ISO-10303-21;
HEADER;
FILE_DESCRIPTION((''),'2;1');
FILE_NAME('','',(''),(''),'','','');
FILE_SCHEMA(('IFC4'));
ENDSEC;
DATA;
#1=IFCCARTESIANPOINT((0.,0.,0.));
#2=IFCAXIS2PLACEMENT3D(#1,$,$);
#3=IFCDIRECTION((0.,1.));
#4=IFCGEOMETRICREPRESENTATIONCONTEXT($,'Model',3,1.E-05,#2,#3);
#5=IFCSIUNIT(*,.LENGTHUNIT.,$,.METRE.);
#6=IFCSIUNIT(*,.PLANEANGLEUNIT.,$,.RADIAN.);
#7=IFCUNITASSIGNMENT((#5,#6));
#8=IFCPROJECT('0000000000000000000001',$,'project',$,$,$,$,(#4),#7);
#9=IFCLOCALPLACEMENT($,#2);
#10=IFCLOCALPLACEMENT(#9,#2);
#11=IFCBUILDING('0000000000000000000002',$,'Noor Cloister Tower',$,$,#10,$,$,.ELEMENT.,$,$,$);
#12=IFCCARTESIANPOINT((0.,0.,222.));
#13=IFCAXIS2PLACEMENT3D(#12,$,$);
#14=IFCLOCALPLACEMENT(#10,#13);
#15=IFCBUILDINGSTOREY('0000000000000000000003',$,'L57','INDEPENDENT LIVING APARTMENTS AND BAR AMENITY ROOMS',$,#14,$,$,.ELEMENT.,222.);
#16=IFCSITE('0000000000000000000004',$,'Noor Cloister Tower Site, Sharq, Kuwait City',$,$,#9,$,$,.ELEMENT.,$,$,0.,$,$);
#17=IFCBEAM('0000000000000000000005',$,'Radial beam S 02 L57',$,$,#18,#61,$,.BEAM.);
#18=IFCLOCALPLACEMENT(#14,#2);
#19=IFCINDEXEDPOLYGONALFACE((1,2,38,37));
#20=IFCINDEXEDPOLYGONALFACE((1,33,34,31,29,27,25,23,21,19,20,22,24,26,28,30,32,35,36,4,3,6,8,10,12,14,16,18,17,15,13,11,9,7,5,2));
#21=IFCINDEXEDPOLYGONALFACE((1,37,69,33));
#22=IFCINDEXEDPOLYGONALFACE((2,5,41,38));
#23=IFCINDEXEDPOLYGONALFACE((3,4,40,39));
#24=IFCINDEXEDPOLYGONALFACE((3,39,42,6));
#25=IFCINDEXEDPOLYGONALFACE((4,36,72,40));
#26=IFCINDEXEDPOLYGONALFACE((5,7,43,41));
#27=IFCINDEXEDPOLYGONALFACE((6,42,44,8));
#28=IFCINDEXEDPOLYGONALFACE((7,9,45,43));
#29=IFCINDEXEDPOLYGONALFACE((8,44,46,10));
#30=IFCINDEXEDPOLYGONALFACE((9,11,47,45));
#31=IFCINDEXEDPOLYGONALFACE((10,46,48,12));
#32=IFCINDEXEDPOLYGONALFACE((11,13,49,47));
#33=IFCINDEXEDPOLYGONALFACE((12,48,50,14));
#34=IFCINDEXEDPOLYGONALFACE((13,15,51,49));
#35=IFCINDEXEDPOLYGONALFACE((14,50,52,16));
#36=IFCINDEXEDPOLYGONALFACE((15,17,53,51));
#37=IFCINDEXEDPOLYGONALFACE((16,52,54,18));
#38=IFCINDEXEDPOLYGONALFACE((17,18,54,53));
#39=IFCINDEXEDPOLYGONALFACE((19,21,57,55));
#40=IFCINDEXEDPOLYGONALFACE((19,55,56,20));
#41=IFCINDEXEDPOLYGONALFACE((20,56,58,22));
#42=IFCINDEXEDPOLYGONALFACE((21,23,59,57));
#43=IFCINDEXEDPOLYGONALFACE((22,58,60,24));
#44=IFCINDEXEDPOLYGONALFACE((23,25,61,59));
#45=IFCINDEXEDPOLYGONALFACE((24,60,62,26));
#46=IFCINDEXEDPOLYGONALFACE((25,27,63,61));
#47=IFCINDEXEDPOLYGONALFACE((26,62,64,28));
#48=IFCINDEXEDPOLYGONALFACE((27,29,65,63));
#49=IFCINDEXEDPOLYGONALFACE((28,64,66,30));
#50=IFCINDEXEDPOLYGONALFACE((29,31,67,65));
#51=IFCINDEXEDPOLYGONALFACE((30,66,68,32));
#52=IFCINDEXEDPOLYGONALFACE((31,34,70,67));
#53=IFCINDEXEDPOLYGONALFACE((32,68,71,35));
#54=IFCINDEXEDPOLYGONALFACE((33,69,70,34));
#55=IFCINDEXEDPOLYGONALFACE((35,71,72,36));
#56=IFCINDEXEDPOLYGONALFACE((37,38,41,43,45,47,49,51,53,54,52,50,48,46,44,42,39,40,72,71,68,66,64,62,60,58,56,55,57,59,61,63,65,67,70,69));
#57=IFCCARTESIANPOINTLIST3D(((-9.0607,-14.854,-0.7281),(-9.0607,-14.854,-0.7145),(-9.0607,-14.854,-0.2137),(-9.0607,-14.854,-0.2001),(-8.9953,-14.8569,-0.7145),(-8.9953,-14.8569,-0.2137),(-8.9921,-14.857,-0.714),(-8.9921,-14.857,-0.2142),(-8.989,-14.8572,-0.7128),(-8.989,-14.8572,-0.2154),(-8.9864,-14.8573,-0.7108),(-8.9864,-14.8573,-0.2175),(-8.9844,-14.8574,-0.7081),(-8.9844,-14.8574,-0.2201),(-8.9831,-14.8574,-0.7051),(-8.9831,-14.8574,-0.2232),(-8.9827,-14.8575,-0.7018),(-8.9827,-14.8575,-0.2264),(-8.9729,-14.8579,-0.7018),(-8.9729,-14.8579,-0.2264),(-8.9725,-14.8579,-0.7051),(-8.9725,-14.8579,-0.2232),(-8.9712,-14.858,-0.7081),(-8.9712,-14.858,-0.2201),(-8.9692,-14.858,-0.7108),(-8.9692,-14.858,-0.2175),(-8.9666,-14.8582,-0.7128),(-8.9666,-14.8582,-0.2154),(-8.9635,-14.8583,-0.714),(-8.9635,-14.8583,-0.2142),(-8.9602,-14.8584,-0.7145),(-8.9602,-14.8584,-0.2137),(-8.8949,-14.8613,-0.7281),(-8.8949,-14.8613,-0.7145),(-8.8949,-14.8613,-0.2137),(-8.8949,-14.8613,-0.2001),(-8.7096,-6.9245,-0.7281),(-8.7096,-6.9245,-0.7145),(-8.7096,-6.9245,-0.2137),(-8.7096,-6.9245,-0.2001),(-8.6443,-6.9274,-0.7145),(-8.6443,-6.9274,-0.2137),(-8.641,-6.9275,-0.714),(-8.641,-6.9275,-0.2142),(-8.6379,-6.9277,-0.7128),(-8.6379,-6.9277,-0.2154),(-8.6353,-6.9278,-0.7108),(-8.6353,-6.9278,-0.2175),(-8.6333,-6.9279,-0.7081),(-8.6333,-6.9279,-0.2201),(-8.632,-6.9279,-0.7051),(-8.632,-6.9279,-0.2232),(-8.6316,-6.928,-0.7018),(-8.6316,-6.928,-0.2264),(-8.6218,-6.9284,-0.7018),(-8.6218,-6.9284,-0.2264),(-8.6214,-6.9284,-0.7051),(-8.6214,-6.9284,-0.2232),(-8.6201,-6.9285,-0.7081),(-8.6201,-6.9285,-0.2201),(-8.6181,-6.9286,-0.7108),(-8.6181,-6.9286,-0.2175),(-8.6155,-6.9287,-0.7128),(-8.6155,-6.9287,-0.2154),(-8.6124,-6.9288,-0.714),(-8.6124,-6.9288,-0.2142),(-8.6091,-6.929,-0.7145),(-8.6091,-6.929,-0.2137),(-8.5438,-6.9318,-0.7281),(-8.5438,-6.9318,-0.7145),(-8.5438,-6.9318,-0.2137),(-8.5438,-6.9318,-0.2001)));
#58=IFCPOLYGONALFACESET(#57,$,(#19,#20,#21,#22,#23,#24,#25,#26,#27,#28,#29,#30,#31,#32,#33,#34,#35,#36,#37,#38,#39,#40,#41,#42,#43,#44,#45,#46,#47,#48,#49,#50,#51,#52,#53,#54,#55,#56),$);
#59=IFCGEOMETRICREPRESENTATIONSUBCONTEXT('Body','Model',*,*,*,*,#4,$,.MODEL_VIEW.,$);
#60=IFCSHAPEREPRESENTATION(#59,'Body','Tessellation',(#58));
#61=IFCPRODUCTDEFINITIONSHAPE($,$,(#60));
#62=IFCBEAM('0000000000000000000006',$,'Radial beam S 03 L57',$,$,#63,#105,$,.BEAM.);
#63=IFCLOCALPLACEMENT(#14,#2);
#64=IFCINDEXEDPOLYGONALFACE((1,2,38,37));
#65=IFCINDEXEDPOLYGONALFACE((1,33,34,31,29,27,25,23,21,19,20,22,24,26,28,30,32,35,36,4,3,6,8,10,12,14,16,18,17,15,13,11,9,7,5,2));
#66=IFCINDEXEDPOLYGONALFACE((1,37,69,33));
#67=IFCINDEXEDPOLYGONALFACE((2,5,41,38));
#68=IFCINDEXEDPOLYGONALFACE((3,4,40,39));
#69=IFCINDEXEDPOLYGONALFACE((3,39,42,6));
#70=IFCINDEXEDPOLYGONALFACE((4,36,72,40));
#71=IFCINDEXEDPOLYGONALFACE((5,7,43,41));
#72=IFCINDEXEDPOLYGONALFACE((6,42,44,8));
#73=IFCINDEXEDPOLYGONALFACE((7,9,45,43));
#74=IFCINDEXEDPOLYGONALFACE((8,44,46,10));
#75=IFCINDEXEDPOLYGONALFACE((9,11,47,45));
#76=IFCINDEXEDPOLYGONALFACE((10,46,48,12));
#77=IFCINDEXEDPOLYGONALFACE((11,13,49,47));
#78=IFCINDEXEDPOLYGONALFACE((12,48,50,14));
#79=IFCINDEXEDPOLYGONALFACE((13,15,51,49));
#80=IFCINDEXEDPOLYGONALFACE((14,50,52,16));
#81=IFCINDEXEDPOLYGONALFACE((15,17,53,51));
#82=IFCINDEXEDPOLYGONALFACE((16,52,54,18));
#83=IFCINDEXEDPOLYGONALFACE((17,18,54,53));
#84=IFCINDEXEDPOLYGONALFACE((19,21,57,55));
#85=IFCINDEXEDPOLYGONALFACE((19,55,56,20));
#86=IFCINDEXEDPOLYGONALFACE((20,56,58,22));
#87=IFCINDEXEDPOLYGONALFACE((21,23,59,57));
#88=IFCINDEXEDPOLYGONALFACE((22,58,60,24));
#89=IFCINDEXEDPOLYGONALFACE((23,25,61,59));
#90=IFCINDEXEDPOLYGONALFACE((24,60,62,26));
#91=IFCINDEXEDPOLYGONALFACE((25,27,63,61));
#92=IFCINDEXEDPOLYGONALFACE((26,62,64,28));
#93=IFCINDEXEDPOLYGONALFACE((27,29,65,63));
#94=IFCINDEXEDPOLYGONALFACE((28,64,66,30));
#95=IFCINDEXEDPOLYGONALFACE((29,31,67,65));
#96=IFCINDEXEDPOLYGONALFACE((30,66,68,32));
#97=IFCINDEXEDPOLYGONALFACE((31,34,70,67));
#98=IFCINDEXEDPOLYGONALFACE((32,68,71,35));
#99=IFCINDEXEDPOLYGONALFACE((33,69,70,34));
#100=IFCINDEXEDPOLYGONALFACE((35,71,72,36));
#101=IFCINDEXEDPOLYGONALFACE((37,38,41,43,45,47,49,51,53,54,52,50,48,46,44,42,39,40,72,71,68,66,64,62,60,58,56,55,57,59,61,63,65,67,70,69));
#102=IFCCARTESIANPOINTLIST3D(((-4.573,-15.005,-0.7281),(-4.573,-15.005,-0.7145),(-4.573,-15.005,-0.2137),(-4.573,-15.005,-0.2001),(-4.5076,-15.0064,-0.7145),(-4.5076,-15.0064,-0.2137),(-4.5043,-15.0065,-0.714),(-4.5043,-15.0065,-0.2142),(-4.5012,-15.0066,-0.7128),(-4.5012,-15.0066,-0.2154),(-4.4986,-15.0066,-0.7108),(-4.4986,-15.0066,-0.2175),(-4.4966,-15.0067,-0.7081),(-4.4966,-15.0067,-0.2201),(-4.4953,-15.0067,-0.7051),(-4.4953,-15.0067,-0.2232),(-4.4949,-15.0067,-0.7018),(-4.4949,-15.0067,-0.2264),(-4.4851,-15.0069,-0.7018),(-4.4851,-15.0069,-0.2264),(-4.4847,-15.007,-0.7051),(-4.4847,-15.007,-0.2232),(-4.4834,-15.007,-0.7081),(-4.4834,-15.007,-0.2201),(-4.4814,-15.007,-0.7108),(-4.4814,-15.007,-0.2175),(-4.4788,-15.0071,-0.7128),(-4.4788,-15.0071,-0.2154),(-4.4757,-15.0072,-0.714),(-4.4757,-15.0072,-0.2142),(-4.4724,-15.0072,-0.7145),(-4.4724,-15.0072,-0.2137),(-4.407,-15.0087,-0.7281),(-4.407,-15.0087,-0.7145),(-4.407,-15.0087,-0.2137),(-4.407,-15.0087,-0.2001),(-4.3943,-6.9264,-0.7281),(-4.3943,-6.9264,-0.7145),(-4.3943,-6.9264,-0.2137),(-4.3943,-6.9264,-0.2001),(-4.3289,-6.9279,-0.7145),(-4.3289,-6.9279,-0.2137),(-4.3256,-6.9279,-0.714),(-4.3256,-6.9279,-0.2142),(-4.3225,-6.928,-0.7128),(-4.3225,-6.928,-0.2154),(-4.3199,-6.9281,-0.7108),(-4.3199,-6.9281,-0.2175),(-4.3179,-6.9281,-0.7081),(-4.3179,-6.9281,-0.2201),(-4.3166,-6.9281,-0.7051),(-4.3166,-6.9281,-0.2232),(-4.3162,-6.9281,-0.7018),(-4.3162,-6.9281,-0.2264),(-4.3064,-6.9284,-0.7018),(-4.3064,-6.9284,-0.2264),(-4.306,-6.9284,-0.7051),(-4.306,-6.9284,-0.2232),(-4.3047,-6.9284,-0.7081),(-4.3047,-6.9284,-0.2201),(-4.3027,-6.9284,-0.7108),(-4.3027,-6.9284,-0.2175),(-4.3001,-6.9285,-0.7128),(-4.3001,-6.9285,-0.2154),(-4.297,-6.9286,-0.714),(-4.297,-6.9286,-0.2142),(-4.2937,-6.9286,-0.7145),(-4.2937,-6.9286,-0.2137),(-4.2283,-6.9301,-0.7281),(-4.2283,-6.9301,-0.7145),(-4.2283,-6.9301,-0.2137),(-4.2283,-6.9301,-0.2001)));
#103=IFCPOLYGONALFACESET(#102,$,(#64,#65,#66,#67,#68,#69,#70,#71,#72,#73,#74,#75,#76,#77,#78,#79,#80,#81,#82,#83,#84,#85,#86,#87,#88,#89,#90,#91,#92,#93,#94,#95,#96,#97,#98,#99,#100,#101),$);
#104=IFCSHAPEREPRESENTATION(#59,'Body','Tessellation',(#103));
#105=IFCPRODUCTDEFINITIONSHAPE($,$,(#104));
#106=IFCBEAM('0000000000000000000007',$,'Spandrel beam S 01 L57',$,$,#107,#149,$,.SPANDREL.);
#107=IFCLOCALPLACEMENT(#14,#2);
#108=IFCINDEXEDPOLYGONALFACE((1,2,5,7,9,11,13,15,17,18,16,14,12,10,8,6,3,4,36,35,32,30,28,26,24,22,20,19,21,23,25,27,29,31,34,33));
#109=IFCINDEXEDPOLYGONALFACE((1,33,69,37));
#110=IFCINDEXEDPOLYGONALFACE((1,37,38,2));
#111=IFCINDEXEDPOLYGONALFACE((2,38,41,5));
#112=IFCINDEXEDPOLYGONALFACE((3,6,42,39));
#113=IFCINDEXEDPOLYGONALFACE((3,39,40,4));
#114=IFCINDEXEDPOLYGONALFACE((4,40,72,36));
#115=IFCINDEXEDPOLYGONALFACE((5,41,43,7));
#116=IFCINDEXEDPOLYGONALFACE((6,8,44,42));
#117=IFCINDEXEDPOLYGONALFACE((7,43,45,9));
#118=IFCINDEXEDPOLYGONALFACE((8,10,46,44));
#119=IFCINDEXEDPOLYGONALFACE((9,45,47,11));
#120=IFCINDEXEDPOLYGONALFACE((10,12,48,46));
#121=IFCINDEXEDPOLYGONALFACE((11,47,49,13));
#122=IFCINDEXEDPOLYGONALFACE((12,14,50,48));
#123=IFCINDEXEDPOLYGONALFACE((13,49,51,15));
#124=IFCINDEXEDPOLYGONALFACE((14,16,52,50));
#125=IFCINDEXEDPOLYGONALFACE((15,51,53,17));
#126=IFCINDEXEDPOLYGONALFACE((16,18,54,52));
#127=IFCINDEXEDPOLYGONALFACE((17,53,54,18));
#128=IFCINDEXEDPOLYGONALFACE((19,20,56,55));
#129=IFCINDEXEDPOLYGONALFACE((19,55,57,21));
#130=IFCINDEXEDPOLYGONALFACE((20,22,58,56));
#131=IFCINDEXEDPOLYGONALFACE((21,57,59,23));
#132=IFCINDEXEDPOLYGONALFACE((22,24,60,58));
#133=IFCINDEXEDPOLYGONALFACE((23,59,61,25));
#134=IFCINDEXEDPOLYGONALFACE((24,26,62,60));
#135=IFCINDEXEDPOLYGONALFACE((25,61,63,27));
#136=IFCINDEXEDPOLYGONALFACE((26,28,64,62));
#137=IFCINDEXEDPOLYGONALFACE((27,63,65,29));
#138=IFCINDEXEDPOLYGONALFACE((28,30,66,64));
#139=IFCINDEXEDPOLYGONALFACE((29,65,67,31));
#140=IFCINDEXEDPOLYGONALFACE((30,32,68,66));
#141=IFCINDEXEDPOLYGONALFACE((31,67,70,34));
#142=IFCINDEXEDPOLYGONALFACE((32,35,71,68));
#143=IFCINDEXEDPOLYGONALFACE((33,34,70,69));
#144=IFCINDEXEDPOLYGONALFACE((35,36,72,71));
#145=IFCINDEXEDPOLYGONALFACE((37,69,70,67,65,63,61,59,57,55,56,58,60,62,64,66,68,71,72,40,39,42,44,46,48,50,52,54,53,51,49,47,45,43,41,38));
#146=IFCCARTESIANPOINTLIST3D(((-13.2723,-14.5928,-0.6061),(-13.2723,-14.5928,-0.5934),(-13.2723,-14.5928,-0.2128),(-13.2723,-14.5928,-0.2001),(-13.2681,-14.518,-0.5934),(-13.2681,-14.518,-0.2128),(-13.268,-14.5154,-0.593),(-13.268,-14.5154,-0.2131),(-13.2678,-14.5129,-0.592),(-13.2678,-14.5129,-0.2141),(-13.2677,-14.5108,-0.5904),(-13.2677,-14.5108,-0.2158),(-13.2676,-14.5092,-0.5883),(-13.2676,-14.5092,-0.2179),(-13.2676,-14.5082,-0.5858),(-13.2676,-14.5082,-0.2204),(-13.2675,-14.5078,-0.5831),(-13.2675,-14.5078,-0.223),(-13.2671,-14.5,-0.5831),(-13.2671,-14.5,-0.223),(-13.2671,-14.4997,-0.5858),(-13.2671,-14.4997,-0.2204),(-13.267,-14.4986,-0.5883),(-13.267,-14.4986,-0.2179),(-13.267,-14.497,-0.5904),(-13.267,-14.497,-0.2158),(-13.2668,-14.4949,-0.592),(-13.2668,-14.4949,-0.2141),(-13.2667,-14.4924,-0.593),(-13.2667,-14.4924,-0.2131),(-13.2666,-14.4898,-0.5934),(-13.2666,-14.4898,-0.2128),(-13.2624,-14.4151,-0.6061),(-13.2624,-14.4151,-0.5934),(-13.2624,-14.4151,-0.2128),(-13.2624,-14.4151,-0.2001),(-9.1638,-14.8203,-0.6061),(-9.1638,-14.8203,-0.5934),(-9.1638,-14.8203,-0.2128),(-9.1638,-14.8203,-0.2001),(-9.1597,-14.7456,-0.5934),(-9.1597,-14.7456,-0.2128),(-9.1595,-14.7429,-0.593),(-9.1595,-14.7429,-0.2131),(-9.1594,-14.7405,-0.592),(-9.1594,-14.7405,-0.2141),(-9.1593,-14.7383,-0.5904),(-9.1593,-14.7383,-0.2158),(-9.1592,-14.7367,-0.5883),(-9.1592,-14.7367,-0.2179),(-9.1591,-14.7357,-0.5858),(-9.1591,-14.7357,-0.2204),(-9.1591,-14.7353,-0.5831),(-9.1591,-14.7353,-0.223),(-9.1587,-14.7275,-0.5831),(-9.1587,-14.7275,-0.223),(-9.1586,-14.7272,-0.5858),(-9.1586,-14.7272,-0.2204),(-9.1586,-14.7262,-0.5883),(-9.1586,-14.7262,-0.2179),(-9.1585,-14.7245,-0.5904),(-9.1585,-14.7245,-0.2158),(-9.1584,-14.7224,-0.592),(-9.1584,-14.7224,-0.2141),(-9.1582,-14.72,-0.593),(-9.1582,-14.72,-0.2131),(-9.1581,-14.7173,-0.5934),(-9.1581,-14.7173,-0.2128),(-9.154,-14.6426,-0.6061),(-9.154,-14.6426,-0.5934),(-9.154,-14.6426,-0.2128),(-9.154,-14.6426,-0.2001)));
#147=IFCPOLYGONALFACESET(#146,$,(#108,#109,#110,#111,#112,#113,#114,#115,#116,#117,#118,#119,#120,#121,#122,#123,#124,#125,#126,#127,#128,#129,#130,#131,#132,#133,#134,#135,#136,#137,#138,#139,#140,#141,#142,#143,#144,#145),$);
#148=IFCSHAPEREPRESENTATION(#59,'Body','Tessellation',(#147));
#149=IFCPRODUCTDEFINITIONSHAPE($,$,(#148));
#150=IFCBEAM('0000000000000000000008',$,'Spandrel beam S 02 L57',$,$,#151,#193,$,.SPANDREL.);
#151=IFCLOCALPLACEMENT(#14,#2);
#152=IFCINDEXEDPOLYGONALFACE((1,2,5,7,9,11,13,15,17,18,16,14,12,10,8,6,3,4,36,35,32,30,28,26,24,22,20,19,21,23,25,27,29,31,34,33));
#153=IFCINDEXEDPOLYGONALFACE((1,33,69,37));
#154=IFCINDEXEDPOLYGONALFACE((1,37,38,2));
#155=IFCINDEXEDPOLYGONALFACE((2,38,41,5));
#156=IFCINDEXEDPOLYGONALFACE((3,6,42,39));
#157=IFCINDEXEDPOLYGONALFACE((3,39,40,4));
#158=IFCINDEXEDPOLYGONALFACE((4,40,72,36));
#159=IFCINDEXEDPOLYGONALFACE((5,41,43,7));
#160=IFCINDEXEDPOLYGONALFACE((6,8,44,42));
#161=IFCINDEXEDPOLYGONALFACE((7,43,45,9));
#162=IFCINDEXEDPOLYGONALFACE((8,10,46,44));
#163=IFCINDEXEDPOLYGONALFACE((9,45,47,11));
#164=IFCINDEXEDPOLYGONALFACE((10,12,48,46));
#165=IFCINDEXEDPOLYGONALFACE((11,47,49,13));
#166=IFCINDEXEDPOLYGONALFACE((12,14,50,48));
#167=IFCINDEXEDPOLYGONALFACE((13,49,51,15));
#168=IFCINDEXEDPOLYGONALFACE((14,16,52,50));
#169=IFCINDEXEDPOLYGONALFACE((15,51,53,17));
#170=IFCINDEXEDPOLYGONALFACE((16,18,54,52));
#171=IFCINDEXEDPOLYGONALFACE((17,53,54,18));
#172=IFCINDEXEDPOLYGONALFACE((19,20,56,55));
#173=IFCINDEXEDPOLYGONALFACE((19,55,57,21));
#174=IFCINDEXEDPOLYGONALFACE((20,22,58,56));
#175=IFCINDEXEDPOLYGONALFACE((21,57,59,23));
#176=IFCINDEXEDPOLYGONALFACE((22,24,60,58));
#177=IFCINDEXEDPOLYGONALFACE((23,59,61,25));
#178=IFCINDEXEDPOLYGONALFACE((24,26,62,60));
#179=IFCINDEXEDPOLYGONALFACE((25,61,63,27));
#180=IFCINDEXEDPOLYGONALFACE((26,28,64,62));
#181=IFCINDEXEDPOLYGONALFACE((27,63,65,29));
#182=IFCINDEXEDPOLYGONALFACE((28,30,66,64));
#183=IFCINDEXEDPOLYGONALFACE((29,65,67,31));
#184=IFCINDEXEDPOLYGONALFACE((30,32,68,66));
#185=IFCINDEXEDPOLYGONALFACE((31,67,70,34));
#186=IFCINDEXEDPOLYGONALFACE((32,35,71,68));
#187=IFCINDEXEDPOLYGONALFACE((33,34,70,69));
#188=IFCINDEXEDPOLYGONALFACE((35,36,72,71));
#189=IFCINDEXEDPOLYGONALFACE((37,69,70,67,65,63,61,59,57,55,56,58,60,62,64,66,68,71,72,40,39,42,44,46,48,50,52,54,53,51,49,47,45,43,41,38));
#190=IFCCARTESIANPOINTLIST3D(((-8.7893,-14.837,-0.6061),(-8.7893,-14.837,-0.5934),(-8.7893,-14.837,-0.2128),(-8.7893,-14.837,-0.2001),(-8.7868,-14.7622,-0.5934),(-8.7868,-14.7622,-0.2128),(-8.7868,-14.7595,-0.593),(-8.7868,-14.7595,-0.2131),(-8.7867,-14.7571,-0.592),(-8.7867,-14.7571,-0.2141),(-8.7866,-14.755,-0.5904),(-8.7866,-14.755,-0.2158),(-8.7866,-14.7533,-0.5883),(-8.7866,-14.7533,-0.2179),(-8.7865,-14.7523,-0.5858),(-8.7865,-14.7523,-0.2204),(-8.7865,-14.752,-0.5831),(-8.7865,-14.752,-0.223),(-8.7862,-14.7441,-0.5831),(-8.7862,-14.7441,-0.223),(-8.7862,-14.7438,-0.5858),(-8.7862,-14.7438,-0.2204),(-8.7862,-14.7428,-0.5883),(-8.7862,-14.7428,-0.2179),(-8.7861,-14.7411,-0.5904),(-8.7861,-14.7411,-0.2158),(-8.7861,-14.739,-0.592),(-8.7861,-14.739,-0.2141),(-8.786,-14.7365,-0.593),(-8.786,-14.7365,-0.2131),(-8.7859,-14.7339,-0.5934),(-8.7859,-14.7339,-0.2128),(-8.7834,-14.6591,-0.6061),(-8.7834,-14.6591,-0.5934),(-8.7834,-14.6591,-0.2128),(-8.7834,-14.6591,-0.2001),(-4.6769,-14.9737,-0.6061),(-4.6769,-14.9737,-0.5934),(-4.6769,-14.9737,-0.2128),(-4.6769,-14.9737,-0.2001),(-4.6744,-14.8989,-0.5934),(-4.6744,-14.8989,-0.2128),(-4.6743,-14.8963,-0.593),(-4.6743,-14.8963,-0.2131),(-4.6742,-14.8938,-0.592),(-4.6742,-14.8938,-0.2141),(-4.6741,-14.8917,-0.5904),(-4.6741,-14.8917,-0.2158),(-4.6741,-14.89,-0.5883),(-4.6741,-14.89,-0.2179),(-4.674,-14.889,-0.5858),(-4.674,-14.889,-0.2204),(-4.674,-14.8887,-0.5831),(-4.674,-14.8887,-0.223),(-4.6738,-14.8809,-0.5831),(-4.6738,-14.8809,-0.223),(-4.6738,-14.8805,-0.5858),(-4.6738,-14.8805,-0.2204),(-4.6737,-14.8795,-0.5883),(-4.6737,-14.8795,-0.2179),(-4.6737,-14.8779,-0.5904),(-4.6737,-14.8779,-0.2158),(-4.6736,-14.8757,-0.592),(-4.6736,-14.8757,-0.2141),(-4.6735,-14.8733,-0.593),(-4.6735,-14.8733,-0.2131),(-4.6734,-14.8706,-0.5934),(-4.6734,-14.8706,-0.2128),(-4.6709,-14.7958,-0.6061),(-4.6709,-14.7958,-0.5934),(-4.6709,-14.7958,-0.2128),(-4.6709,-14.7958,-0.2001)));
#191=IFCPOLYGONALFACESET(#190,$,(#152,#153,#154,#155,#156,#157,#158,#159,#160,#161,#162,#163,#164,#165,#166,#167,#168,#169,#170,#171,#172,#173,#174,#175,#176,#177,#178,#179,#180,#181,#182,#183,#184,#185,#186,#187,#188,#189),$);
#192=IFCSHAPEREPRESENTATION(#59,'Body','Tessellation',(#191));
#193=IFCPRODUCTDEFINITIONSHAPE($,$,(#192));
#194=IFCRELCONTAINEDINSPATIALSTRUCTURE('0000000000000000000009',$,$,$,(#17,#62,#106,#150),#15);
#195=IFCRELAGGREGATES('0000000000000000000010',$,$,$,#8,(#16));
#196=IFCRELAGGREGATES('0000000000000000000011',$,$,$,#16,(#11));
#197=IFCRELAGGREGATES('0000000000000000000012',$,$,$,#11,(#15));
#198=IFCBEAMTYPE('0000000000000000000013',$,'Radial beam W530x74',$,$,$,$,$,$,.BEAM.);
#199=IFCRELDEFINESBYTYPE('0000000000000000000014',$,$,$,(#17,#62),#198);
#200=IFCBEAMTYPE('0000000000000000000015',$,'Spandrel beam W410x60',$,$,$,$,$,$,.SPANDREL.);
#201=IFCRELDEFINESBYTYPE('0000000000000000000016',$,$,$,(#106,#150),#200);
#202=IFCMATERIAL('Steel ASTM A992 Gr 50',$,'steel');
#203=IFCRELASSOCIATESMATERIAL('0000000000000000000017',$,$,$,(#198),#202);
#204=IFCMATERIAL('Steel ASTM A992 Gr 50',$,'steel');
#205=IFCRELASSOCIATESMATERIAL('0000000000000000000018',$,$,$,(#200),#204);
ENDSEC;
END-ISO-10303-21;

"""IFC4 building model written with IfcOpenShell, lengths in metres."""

from ifc_helpers import new_model, si_unit, direction, frame, origin, origin_2d, place, context, subcontext, project, spatial, i_section, extrude, material, material_profile, profile_set, type_object, element, save


model = new_model("IFC4")

# Units and contexts
model_context = context("Model", 3, precision=1e-05, world=origin(), true_north=direction((0.0, 1.0)))
body_context = subcontext(model_context, "Body", "Model", "MODEL_VIEW")
ifc_project = project(units=[si_unit("LENGTHUNIT", "METRE"), si_unit("PLANEANGLEUNIT", "RADIAN")], contexts=[model_context])

# Site, building, storey
site_placement = place(None, origin())
site = spatial("IfcSite", under=ifc_project, at=site_placement, Name="Noor Cloister Tower Site, Sharq, Kuwait City", CompositionType="ELEMENT", RefElevation=0.0)
building_placement = place(site_placement, origin())
building = spatial("IfcBuilding", under=site, at=building_placement, Name="Noor Cloister Tower", CompositionType="ELEMENT")
storey_placement = place(building_placement, frame((0.0, 0.0, 222.0)))
storey = spatial("IfcBuildingStorey", under=building, at=storey_placement, Name="L57", Description="INDEPENDENT LIVING APARTMENTS AND BAR AMENITY ROOMS", CompositionType="ELEMENT", Elevation=222.0)

# Beams
ifc_material_1 = material(Name="Steel ASTM A992 Gr 50", Category="steel")
ifc_material_profile_1 = material_profile(ifc_material_1, i_section(OverallWidth=0.166, OverallDepth=0.5281, WebThickness=0.0098, FlangeThickness=0.0137, FilletRadius=0.0127, at=origin_2d()), Name="W530x74")
ifc_profile_set_1 = profile_set([ifc_material_profile_1], Name="Steel ASTM A992 Gr 50")
beam_type_1 = type_object("IfcBeamType", Name="Radial beam W530x74", PredefinedType="BEAM", material=ifc_profile_set_1)
beam_1_placement = place(storey_placement, frame((-8.9778, -14.8577, -0.4641), z_axis=(0.044231, 0.999021, 0.0), x_axis=(-0.999021, 0.044231, 0.0)))
element("IfcBeam", 1, at=beam_1_placement, inside=storey, type_object=beam_type_1, Name="Radial beam S 02 L57", PredefinedType="BEAM", context=body_context, shape_type="SweptSolid", body=[
    extrude(i_section(OverallWidth=0.166, OverallDepth=0.5281, WebThickness=0.0098, FlangeThickness=0.0137, FilletRadius=0.0127, at=origin_2d()), origin(), (0.0, 0.0, 1.0), 7.9373),
])
beam_2_placement = place(storey_placement, frame((-4.49, -15.0068, -0.4641), z_axis=(0.022116, 0.999755, 0.0), x_axis=(-0.999755, 0.022116, 0.0)))
element("IfcBeam", 2, at=beam_2_placement, inside=storey, type_object=beam_type_1, Name="Radial beam S 03 L57", PredefinedType="BEAM", context=body_context, shape_type="SweptSolid", body=[
    extrude(i_section(OverallWidth=0.166, OverallDepth=0.5281, WebThickness=0.0098, FlangeThickness=0.0137, FilletRadius=0.0127, at=origin_2d()), origin(), (0.0, 0.0, 1.0), 8.0806),
])
ifc_material_2 = material(Name="Steel ASTM A992 Gr 50", Category="steel")
ifc_material_profile_2 = material_profile(ifc_material_2, i_section(OverallWidth=0.178, OverallDepth=0.406, WebThickness=0.0078, FlangeThickness=0.0127, FilletRadius=0.0103, at=origin_2d()), Name="W410x60")
ifc_profile_set_2 = profile_set([ifc_material_profile_2], Name="Steel ASTM A992 Gr 50")
beam_type_2 = type_object("IfcBeamType", Name="Spandrel beam W410x60", PredefinedType="SPANDREL", material=ifc_profile_set_2)
for number, where, z_axis, x_axis, name in (
    (3, (-13.2673, -14.5039, -0.4031), (0.99847, -0.055299, 0.0), (0.055299, 0.99847, 0.0), "Spandrel beam S 01 L57"),
    (4, (-8.7864, -14.748, -0.4031), (0.999448, -0.033226, 0.0), (0.033226, 0.999448, 0.0), "Spandrel beam S 02 L57"),
):
    element("IfcBeam", number, at=place(storey_placement, frame(where, z_axis=z_axis, x_axis=x_axis)), inside=storey, type_object=beam_type_2, Name=name, PredefinedType="SPANDREL", context=body_context, shape_type="SweptSolid", body=[
        extrude(i_section(OverallWidth=0.178, OverallDepth=0.406, WebThickness=0.0078, FlangeThickness=0.0127, FilletRadius=0.0103, at=origin_2d()), origin(), (0.0, 0.0, 1.0), 4.1147),
    ])

save(model, "model.ifc")
